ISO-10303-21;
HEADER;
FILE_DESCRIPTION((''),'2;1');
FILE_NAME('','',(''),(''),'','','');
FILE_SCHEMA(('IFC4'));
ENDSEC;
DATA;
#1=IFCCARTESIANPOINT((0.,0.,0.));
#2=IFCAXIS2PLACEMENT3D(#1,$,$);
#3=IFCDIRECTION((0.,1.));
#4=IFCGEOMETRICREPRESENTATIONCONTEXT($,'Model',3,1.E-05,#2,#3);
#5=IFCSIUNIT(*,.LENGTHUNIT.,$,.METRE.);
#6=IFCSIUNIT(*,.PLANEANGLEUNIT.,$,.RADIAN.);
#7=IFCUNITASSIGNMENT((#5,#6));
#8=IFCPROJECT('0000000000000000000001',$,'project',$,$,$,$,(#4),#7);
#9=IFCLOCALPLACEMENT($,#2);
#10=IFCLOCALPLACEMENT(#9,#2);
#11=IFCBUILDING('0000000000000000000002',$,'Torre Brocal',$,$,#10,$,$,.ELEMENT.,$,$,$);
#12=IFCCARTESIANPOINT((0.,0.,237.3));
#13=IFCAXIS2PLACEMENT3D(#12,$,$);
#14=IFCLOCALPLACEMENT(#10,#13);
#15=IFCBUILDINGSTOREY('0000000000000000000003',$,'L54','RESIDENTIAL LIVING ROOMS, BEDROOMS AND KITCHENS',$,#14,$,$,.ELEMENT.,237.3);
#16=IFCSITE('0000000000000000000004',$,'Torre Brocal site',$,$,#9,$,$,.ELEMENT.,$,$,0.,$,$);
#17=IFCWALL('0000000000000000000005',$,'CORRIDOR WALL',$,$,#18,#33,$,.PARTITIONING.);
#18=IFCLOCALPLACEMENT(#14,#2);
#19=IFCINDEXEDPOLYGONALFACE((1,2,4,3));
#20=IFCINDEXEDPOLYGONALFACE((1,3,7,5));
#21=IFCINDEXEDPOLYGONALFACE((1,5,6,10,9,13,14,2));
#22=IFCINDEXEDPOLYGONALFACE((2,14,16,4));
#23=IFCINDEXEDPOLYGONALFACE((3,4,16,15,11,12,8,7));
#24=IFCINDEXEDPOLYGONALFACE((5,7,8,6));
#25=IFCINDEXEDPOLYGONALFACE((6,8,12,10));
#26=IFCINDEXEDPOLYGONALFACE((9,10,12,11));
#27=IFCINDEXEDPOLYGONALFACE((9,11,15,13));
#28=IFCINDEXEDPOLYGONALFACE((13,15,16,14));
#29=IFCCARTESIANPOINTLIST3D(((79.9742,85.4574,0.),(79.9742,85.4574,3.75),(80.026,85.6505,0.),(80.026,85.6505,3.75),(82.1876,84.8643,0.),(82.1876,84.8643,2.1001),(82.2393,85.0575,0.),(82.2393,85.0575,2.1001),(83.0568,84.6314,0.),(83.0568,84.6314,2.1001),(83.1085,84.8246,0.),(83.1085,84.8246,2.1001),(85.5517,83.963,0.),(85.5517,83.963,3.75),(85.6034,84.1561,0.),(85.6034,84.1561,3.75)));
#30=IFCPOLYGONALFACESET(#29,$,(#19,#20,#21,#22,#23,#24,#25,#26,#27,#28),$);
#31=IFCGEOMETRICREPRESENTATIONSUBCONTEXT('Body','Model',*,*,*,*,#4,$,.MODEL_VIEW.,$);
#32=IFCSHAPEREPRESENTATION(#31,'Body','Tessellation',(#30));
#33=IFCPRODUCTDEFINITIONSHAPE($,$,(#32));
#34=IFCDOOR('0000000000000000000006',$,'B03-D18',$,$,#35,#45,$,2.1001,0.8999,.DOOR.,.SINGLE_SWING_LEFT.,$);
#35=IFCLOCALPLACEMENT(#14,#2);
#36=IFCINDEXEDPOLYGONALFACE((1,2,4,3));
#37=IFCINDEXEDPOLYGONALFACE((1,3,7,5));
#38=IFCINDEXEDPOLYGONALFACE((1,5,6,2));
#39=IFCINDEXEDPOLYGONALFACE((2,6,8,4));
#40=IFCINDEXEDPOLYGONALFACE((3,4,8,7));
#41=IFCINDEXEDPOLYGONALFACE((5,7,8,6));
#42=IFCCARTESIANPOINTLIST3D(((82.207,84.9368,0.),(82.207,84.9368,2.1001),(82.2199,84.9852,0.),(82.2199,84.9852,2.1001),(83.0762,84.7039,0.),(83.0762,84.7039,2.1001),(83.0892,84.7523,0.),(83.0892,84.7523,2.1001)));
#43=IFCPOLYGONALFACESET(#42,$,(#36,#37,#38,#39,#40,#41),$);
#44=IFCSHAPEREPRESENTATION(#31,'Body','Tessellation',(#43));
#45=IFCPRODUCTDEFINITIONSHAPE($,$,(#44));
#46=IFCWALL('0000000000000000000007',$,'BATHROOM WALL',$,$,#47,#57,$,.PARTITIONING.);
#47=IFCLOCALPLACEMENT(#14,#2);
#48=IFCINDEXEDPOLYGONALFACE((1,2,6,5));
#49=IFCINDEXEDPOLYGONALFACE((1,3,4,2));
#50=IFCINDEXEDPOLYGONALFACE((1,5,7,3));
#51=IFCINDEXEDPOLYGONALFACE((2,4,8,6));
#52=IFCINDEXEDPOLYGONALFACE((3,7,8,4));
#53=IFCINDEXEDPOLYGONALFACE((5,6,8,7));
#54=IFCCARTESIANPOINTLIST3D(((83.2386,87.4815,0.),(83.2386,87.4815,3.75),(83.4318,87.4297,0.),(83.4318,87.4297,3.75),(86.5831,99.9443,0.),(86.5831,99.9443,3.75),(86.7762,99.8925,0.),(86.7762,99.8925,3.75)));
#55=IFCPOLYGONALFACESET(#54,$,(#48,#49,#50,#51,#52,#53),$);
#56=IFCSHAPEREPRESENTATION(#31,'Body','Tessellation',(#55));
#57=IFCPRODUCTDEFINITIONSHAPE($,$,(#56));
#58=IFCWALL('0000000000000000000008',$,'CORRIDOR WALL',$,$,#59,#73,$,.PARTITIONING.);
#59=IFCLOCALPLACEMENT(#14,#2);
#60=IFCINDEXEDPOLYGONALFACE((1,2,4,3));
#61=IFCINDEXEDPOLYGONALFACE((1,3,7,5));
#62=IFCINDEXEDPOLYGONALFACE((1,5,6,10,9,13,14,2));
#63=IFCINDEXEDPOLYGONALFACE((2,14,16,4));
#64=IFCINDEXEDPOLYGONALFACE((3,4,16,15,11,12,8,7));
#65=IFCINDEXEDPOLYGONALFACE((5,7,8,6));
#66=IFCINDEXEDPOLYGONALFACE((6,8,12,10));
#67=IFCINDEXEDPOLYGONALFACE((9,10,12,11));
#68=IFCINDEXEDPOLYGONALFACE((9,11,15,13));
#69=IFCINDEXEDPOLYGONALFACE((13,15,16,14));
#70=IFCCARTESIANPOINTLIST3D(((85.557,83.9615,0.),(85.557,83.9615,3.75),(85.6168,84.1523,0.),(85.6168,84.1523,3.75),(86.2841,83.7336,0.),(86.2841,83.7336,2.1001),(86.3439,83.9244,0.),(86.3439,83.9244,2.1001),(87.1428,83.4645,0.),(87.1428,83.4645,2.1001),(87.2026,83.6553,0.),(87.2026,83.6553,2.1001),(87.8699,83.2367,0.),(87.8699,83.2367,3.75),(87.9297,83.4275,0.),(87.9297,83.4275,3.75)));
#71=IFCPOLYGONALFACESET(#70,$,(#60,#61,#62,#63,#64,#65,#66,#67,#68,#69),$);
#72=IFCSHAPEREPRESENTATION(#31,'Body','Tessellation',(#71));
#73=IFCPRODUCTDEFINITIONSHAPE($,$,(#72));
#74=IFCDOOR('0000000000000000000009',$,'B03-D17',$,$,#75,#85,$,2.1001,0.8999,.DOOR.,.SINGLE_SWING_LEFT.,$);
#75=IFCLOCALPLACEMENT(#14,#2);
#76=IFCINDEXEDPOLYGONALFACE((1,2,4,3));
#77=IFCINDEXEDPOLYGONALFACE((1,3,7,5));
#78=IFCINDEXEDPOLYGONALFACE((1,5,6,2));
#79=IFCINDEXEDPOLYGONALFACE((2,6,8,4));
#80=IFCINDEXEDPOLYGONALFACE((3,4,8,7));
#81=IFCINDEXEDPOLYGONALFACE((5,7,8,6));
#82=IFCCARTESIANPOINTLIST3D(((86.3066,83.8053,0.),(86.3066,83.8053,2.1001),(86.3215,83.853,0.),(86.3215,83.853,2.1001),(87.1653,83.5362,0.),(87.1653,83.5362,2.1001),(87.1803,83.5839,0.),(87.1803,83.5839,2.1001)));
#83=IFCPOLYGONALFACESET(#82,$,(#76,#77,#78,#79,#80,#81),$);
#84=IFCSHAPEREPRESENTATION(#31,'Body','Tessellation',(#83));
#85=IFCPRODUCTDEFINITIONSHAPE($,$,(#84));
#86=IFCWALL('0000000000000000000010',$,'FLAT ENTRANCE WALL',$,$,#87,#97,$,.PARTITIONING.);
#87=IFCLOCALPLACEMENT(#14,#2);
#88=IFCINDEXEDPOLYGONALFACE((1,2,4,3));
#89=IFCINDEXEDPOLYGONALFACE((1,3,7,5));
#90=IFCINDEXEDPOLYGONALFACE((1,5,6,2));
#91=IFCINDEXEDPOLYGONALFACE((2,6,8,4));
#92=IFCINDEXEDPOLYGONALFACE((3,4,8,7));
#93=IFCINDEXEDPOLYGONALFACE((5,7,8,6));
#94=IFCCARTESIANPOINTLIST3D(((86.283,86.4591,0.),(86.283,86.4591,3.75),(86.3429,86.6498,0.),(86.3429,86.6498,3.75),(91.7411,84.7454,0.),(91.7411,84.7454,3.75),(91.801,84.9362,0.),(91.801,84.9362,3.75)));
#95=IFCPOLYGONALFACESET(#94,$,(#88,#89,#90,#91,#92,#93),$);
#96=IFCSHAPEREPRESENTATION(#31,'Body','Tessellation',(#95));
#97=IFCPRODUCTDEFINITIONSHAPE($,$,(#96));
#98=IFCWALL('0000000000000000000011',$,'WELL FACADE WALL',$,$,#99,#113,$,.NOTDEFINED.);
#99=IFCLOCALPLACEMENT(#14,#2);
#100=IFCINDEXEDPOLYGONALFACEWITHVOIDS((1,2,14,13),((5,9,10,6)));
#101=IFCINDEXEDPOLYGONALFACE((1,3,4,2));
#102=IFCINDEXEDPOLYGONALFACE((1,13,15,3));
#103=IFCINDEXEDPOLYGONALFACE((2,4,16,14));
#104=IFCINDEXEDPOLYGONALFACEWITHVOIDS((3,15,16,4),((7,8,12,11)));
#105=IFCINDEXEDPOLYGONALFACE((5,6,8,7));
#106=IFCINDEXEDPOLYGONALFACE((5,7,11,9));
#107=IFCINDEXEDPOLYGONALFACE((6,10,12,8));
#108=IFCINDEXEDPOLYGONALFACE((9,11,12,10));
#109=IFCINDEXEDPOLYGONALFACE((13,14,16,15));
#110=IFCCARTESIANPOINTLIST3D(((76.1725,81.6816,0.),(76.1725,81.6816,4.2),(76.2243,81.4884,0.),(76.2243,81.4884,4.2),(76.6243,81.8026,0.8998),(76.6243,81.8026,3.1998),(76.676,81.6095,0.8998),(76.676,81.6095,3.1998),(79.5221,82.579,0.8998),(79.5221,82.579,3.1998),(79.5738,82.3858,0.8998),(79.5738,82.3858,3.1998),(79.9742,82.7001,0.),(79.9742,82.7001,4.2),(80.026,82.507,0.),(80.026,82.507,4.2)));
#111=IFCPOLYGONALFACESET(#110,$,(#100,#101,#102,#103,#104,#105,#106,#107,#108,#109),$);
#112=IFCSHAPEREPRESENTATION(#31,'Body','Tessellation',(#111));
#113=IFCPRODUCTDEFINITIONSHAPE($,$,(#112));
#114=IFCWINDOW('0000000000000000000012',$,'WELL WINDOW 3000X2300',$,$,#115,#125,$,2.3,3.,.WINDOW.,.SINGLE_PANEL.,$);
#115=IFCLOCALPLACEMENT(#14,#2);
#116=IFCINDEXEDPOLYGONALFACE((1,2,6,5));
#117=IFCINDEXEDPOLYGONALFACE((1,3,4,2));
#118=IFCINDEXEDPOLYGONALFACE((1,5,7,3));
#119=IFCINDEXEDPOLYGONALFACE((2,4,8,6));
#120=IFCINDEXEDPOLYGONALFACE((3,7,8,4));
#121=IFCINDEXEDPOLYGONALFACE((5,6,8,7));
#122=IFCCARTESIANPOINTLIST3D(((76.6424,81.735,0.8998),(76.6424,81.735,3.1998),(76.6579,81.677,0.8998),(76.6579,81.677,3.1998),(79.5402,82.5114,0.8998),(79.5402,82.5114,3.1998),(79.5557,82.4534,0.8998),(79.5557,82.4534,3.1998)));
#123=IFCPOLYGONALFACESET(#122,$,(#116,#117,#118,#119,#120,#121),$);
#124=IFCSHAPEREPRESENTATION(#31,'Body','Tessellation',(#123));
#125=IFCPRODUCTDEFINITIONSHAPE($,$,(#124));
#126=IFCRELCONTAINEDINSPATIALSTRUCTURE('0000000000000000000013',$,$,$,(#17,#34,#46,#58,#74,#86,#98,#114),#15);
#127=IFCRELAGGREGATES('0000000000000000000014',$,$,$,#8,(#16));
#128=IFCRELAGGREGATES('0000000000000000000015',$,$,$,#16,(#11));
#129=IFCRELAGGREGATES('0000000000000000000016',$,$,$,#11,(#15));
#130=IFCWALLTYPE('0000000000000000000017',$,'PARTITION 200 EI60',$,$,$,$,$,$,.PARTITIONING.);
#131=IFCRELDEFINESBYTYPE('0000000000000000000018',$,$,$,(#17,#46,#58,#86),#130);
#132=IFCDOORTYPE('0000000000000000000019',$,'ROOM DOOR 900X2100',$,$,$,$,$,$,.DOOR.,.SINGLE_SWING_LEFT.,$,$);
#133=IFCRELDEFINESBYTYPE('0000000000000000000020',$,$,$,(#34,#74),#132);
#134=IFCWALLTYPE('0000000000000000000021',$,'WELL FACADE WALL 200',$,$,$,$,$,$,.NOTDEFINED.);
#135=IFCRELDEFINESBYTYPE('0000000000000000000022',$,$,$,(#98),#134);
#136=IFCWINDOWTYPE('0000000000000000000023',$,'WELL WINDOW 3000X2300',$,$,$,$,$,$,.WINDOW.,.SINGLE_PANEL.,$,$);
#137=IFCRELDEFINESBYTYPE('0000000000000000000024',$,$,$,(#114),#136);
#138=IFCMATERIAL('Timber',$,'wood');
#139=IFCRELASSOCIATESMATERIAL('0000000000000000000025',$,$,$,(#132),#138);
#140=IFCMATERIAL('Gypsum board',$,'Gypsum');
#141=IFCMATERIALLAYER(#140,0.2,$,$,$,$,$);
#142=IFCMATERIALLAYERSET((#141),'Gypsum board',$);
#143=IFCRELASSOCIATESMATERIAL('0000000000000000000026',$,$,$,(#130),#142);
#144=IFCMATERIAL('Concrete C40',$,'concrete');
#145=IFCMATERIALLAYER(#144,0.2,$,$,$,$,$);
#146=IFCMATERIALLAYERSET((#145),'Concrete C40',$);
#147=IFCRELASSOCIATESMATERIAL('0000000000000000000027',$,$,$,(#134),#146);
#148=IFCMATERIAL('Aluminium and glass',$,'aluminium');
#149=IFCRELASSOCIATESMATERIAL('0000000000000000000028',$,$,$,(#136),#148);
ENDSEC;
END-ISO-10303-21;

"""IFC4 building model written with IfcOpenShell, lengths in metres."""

from ifc_helpers import new_model, si_unit, direction, frame, frame_2d, origin, place, context, subcontext, project, spatial, rectangle, extrude, material, layer, layer_set, type_object, element, fill, save


model = new_model("IFC4")

# Units and contexts
model_context = context("Model", 3, precision=1e-05, world=origin(), true_north=direction((0.0, 1.0)))
body_context = subcontext(model_context, "Body", "Model", "MODEL_VIEW")
ifc_project = project(units=[si_unit("LENGTHUNIT", "METRE"), si_unit("PLANEANGLEUNIT", "RADIAN")], contexts=[model_context])

# Site, building, storey
site_placement = place(None, origin())
site = spatial("IfcSite", under=ifc_project, at=site_placement, Name="Torre Brocal site", CompositionType="ELEMENT", RefElevation=0.0)
building_placement = place(site_placement, origin())
building = spatial("IfcBuilding", under=site, at=building_placement, Name="Torre Brocal", CompositionType="ELEMENT")
storey_placement = place(building_placement, frame((0.0, 0.0, 237.3)))
storey = spatial("IfcBuildingStorey", under=building, at=storey_placement, Name="L54", Description="RESIDENTIAL LIVING ROOMS, BEDROOMS AND KITCHENS", CompositionType="ELEMENT", Elevation=237.3)

# Shared definitions
ifc_material_1 = material(Name="Timber", Category="wood")
door_type_1 = type_object("IfcDoorType", Name="ROOM DOOR 900X2100", OperationType="SINGLE_SWING_LEFT", PredefinedType="DOOR", material=ifc_material_1)

# Shared definitions
ifc_material_2 = material(Name="Gypsum board", Category="Gypsum")
ifc_layer_1 = layer(ifc_material_2, 0.2)
ifc_layer_set_1 = layer_set([ifc_layer_1], Name="Gypsum board")
wall_type_1 = type_object("IfcWallType", Name="PARTITION 200 EI60", PredefinedType="PARTITIONING", material=ifc_layer_set_1)

# Wall, opening, door
wall_1_placement = place(storey_placement, frame((80.0, 85.554, 0.0), z_axis=(0.0, 0.0, 1.0), x_axis=(0.965929, -0.258807, 0.0)))
wall_1 = element("IfcWall", 1, at=wall_1_placement, inside=storey, type_object=wall_type_1, Name="CORRIDOR WALL", PredefinedType="PARTITIONING", context=body_context, shape_type="SweptSolid", body=[
    extrude(rectangle(XDim=5.7742, YDim=0.2, at=frame_2d((2.8872, 0.0))), origin(), (0.0, 0.0, 1.0), 3.75),
])
opening_1_placement = place(wall_1_placement, frame((2.2915, 0.0, 0.0)))
opening_1 = element("IfcOpeningElement", 2, at=opening_1_placement, cuts=wall_1, PredefinedType="OPENING", context=body_context, shape_type="SweptSolid", body=[
    extrude(rectangle(XDim=0.8999, YDim=2.1001, at=frame_2d((0.45, 1.05))), frame((0.0, 0.1099, 0.0), z_axis=(0.0, -1.0, 0.0), x_axis=(1.0, 0.0, 0.0)), (0.0, 0.0, 1.0), 0.22),
])
door_1_placement = place(opening_1_placement, frame((0.8999, 0.0, 0.0), z_axis=(0.0, 0.0, 1.0), x_axis=(-1.0, 0.0, 0.0)))
door_1 = element("IfcDoor", 3, at=door_1_placement, inside=storey, type_object=door_type_1, Name="B03-D18", OperationType="SINGLE_SWING_LEFT", OverallHeight=2.1001, OverallWidth=0.8999, PredefinedType="DOOR", context=body_context, shape_type="SweptSolid", body=[
    extrude(rectangle(XDim=0.8999, YDim=2.1001, at=frame_2d((0.45, 1.05))), frame((0.0, 0.0249, 0.0), z_axis=(0.0, -1.0, 0.0), x_axis=(1.0, 0.0, 0.0)), (0.0, 0.0, 1.0), 0.05),
])
fill(opening_1, door_1)

# Wall
wall_2_placement = place(storey_placement, frame((83.3352, 87.4556, 0.0), z_axis=(0.0, 0.0, 1.0), x_axis=(0.259185, 0.965828, 0.0)))
element("IfcWall", 4, at=wall_2_placement, inside=storey, type_object=wall_type_1, Name="BATHROOM WALL", PredefinedType="PARTITIONING", context=body_context, shape_type="SweptSolid", body=[
    extrude(rectangle(XDim=12.9038, YDim=0.2, at=frame_2d((6.4519, 0.0))), origin(), (0.0, 0.0, 1.0), 3.75),
])

# Wall, opening, door
wall_3_placement = place(storey_placement, frame((85.5869, 84.0569, 0.0), z_axis=(0.0, 0.0, 1.0), x_axis=(0.95424, -0.299043, 0.0)))
wall_3 = element("IfcWall", 5, at=wall_3_placement, inside=storey, type_object=wall_type_1, Name="CORRIDOR WALL", PredefinedType="PARTITIONING", context=body_context, shape_type="SweptSolid", body=[
    extrude(rectangle(XDim=2.4238, YDim=0.2, at=frame_2d((1.2119, 0.0))), origin(), (0.0, 0.0, 1.0), 3.75),
])
opening_2_placement = place(wall_3_placement, frame((0.762, 0.0, 0.0)))
opening_2 = element("IfcOpeningElement", 6, at=opening_2_placement, cuts=wall_3, PredefinedType="OPENING", context=body_context, shape_type="SweptSolid", body=[
    extrude(rectangle(XDim=0.8999, YDim=2.1001, at=frame_2d((0.45, 1.05))), frame((0.0, 0.1099, 0.0), z_axis=(0.0, -1.0, 0.0), x_axis=(1.0, 0.0, 0.0)), (0.0, 0.0, 1.0), 0.22),
])
door_2_placement = place(opening_2_placement, frame((0.8999, 0.0, 0.0), z_axis=(0.0, 0.0, 1.0), x_axis=(-1.0, 0.0, 0.0)))
door_2 = element("IfcDoor", 7, at=door_2_placement, inside=storey, type_object=door_type_1, Name="B03-D17", OperationType="SINGLE_SWING_LEFT", OverallHeight=2.1001, OverallWidth=0.8999, PredefinedType="DOOR", context=body_context, shape_type="SweptSolid", body=[
    extrude(rectangle(XDim=0.8999, YDim=2.1001, at=frame_2d((0.45, 1.05))), frame((0.0, 0.0249, 0.0), z_axis=(0.0, -1.0, 0.0), x_axis=(1.0, 0.0, 0.0)), (0.0, 0.0, 1.0), 0.05),
])
fill(opening_2, door_2)

# Wall
wall_4_placement = place(storey_placement, frame((86.313, 86.5544, 0.0), z_axis=(0.0, 0.0, 1.0), x_axis=(0.954081, -0.299548, 0.0)))
element("IfcWall", 8, at=wall_4_placement, inside=storey, type_object=wall_type_1, Name="FLAT ENTRANCE WALL", PredefinedType="PARTITIONING", context=body_context, shape_type="SweptSolid", body=[
    extrude(rectangle(XDim=5.7207, YDim=0.2, at=frame_2d((2.8604, 0.0))), origin(), (0.0, 0.0, 1.0), 3.75),
])

# Wall, opening, window
ifc_material_3 = material(Name="Concrete C40", Category="concrete")
ifc_layer_2 = layer(ifc_material_3, 0.2)
ifc_layer_set_2 = layer_set([ifc_layer_2], Name="Concrete C40")
wall_type_2 = type_object("IfcWallType", Name="WELL FACADE WALL 200", PredefinedType="NOTDEFINED", material=ifc_layer_set_2)
wall_5_placement = place(storey_placement, frame((80.0, 82.6035, 0.0), z_axis=(0.0, 0.0, 1.0), x_axis=(-0.965934, -0.25879, 0.0)))
wall_5 = element("IfcWall", 9, at=wall_5_placement, inside=storey, type_object=wall_type_2, Name="WELL FACADE WALL", PredefinedType="NOTDEFINED", context=body_context, shape_type="SweptSolid", body=[
    extrude(rectangle(XDim=3.9358, YDim=0.2, at=frame_2d((1.9678, 0.0))), origin(), (0.0, 0.0, 1.0), 4.2),
])
opening_3_placement = place(wall_5_placement, frame((0.468, 0.0, 0.8999)))
opening_3 = element("IfcOpeningElement", 10, at=opening_3_placement, cuts=wall_5, PredefinedType="OPENING", context=body_context, shape_type="SweptSolid", body=[
    extrude(rectangle(XDim=3.0, YDim=2.3, at=frame_2d((1.5, 1.1499))), frame((0.0, 0.1099, 0.0), z_axis=(0.0, -1.0, 0.0), x_axis=(1.0, 0.0, 0.0)), (0.0, 0.0, 1.0), 0.22),
])
ifc_material_4 = material(Name="Aluminium and glass", Category="aluminium")
window_type = type_object("IfcWindowType", Name="WELL WINDOW 3000X2300", PartitioningType="SINGLE_PANEL", PredefinedType="WINDOW", material=ifc_material_4)
window_placement = place(opening_3_placement, origin())
window = element("IfcWindow", 11, at=window_placement, inside=storey, type_object=window_type, Name="WELL WINDOW 3000X2300", OverallHeight=2.3, OverallWidth=3.0, PartitioningType="SINGLE_PANEL", PredefinedType="WINDOW", context=body_context, shape_type="SweptSolid", body=[
    extrude(rectangle(XDim=3.0, YDim=2.3, at=frame_2d((1.5, 1.1499))), frame((0.0, 0.03, 0.0), z_axis=(0.0, -1.0, 0.0), x_axis=(1.0, 0.0, 0.0)), (0.0, 0.0, 1.0), 0.0601),
])
fill(opening_3, window)

save(model, "model.ifc")
